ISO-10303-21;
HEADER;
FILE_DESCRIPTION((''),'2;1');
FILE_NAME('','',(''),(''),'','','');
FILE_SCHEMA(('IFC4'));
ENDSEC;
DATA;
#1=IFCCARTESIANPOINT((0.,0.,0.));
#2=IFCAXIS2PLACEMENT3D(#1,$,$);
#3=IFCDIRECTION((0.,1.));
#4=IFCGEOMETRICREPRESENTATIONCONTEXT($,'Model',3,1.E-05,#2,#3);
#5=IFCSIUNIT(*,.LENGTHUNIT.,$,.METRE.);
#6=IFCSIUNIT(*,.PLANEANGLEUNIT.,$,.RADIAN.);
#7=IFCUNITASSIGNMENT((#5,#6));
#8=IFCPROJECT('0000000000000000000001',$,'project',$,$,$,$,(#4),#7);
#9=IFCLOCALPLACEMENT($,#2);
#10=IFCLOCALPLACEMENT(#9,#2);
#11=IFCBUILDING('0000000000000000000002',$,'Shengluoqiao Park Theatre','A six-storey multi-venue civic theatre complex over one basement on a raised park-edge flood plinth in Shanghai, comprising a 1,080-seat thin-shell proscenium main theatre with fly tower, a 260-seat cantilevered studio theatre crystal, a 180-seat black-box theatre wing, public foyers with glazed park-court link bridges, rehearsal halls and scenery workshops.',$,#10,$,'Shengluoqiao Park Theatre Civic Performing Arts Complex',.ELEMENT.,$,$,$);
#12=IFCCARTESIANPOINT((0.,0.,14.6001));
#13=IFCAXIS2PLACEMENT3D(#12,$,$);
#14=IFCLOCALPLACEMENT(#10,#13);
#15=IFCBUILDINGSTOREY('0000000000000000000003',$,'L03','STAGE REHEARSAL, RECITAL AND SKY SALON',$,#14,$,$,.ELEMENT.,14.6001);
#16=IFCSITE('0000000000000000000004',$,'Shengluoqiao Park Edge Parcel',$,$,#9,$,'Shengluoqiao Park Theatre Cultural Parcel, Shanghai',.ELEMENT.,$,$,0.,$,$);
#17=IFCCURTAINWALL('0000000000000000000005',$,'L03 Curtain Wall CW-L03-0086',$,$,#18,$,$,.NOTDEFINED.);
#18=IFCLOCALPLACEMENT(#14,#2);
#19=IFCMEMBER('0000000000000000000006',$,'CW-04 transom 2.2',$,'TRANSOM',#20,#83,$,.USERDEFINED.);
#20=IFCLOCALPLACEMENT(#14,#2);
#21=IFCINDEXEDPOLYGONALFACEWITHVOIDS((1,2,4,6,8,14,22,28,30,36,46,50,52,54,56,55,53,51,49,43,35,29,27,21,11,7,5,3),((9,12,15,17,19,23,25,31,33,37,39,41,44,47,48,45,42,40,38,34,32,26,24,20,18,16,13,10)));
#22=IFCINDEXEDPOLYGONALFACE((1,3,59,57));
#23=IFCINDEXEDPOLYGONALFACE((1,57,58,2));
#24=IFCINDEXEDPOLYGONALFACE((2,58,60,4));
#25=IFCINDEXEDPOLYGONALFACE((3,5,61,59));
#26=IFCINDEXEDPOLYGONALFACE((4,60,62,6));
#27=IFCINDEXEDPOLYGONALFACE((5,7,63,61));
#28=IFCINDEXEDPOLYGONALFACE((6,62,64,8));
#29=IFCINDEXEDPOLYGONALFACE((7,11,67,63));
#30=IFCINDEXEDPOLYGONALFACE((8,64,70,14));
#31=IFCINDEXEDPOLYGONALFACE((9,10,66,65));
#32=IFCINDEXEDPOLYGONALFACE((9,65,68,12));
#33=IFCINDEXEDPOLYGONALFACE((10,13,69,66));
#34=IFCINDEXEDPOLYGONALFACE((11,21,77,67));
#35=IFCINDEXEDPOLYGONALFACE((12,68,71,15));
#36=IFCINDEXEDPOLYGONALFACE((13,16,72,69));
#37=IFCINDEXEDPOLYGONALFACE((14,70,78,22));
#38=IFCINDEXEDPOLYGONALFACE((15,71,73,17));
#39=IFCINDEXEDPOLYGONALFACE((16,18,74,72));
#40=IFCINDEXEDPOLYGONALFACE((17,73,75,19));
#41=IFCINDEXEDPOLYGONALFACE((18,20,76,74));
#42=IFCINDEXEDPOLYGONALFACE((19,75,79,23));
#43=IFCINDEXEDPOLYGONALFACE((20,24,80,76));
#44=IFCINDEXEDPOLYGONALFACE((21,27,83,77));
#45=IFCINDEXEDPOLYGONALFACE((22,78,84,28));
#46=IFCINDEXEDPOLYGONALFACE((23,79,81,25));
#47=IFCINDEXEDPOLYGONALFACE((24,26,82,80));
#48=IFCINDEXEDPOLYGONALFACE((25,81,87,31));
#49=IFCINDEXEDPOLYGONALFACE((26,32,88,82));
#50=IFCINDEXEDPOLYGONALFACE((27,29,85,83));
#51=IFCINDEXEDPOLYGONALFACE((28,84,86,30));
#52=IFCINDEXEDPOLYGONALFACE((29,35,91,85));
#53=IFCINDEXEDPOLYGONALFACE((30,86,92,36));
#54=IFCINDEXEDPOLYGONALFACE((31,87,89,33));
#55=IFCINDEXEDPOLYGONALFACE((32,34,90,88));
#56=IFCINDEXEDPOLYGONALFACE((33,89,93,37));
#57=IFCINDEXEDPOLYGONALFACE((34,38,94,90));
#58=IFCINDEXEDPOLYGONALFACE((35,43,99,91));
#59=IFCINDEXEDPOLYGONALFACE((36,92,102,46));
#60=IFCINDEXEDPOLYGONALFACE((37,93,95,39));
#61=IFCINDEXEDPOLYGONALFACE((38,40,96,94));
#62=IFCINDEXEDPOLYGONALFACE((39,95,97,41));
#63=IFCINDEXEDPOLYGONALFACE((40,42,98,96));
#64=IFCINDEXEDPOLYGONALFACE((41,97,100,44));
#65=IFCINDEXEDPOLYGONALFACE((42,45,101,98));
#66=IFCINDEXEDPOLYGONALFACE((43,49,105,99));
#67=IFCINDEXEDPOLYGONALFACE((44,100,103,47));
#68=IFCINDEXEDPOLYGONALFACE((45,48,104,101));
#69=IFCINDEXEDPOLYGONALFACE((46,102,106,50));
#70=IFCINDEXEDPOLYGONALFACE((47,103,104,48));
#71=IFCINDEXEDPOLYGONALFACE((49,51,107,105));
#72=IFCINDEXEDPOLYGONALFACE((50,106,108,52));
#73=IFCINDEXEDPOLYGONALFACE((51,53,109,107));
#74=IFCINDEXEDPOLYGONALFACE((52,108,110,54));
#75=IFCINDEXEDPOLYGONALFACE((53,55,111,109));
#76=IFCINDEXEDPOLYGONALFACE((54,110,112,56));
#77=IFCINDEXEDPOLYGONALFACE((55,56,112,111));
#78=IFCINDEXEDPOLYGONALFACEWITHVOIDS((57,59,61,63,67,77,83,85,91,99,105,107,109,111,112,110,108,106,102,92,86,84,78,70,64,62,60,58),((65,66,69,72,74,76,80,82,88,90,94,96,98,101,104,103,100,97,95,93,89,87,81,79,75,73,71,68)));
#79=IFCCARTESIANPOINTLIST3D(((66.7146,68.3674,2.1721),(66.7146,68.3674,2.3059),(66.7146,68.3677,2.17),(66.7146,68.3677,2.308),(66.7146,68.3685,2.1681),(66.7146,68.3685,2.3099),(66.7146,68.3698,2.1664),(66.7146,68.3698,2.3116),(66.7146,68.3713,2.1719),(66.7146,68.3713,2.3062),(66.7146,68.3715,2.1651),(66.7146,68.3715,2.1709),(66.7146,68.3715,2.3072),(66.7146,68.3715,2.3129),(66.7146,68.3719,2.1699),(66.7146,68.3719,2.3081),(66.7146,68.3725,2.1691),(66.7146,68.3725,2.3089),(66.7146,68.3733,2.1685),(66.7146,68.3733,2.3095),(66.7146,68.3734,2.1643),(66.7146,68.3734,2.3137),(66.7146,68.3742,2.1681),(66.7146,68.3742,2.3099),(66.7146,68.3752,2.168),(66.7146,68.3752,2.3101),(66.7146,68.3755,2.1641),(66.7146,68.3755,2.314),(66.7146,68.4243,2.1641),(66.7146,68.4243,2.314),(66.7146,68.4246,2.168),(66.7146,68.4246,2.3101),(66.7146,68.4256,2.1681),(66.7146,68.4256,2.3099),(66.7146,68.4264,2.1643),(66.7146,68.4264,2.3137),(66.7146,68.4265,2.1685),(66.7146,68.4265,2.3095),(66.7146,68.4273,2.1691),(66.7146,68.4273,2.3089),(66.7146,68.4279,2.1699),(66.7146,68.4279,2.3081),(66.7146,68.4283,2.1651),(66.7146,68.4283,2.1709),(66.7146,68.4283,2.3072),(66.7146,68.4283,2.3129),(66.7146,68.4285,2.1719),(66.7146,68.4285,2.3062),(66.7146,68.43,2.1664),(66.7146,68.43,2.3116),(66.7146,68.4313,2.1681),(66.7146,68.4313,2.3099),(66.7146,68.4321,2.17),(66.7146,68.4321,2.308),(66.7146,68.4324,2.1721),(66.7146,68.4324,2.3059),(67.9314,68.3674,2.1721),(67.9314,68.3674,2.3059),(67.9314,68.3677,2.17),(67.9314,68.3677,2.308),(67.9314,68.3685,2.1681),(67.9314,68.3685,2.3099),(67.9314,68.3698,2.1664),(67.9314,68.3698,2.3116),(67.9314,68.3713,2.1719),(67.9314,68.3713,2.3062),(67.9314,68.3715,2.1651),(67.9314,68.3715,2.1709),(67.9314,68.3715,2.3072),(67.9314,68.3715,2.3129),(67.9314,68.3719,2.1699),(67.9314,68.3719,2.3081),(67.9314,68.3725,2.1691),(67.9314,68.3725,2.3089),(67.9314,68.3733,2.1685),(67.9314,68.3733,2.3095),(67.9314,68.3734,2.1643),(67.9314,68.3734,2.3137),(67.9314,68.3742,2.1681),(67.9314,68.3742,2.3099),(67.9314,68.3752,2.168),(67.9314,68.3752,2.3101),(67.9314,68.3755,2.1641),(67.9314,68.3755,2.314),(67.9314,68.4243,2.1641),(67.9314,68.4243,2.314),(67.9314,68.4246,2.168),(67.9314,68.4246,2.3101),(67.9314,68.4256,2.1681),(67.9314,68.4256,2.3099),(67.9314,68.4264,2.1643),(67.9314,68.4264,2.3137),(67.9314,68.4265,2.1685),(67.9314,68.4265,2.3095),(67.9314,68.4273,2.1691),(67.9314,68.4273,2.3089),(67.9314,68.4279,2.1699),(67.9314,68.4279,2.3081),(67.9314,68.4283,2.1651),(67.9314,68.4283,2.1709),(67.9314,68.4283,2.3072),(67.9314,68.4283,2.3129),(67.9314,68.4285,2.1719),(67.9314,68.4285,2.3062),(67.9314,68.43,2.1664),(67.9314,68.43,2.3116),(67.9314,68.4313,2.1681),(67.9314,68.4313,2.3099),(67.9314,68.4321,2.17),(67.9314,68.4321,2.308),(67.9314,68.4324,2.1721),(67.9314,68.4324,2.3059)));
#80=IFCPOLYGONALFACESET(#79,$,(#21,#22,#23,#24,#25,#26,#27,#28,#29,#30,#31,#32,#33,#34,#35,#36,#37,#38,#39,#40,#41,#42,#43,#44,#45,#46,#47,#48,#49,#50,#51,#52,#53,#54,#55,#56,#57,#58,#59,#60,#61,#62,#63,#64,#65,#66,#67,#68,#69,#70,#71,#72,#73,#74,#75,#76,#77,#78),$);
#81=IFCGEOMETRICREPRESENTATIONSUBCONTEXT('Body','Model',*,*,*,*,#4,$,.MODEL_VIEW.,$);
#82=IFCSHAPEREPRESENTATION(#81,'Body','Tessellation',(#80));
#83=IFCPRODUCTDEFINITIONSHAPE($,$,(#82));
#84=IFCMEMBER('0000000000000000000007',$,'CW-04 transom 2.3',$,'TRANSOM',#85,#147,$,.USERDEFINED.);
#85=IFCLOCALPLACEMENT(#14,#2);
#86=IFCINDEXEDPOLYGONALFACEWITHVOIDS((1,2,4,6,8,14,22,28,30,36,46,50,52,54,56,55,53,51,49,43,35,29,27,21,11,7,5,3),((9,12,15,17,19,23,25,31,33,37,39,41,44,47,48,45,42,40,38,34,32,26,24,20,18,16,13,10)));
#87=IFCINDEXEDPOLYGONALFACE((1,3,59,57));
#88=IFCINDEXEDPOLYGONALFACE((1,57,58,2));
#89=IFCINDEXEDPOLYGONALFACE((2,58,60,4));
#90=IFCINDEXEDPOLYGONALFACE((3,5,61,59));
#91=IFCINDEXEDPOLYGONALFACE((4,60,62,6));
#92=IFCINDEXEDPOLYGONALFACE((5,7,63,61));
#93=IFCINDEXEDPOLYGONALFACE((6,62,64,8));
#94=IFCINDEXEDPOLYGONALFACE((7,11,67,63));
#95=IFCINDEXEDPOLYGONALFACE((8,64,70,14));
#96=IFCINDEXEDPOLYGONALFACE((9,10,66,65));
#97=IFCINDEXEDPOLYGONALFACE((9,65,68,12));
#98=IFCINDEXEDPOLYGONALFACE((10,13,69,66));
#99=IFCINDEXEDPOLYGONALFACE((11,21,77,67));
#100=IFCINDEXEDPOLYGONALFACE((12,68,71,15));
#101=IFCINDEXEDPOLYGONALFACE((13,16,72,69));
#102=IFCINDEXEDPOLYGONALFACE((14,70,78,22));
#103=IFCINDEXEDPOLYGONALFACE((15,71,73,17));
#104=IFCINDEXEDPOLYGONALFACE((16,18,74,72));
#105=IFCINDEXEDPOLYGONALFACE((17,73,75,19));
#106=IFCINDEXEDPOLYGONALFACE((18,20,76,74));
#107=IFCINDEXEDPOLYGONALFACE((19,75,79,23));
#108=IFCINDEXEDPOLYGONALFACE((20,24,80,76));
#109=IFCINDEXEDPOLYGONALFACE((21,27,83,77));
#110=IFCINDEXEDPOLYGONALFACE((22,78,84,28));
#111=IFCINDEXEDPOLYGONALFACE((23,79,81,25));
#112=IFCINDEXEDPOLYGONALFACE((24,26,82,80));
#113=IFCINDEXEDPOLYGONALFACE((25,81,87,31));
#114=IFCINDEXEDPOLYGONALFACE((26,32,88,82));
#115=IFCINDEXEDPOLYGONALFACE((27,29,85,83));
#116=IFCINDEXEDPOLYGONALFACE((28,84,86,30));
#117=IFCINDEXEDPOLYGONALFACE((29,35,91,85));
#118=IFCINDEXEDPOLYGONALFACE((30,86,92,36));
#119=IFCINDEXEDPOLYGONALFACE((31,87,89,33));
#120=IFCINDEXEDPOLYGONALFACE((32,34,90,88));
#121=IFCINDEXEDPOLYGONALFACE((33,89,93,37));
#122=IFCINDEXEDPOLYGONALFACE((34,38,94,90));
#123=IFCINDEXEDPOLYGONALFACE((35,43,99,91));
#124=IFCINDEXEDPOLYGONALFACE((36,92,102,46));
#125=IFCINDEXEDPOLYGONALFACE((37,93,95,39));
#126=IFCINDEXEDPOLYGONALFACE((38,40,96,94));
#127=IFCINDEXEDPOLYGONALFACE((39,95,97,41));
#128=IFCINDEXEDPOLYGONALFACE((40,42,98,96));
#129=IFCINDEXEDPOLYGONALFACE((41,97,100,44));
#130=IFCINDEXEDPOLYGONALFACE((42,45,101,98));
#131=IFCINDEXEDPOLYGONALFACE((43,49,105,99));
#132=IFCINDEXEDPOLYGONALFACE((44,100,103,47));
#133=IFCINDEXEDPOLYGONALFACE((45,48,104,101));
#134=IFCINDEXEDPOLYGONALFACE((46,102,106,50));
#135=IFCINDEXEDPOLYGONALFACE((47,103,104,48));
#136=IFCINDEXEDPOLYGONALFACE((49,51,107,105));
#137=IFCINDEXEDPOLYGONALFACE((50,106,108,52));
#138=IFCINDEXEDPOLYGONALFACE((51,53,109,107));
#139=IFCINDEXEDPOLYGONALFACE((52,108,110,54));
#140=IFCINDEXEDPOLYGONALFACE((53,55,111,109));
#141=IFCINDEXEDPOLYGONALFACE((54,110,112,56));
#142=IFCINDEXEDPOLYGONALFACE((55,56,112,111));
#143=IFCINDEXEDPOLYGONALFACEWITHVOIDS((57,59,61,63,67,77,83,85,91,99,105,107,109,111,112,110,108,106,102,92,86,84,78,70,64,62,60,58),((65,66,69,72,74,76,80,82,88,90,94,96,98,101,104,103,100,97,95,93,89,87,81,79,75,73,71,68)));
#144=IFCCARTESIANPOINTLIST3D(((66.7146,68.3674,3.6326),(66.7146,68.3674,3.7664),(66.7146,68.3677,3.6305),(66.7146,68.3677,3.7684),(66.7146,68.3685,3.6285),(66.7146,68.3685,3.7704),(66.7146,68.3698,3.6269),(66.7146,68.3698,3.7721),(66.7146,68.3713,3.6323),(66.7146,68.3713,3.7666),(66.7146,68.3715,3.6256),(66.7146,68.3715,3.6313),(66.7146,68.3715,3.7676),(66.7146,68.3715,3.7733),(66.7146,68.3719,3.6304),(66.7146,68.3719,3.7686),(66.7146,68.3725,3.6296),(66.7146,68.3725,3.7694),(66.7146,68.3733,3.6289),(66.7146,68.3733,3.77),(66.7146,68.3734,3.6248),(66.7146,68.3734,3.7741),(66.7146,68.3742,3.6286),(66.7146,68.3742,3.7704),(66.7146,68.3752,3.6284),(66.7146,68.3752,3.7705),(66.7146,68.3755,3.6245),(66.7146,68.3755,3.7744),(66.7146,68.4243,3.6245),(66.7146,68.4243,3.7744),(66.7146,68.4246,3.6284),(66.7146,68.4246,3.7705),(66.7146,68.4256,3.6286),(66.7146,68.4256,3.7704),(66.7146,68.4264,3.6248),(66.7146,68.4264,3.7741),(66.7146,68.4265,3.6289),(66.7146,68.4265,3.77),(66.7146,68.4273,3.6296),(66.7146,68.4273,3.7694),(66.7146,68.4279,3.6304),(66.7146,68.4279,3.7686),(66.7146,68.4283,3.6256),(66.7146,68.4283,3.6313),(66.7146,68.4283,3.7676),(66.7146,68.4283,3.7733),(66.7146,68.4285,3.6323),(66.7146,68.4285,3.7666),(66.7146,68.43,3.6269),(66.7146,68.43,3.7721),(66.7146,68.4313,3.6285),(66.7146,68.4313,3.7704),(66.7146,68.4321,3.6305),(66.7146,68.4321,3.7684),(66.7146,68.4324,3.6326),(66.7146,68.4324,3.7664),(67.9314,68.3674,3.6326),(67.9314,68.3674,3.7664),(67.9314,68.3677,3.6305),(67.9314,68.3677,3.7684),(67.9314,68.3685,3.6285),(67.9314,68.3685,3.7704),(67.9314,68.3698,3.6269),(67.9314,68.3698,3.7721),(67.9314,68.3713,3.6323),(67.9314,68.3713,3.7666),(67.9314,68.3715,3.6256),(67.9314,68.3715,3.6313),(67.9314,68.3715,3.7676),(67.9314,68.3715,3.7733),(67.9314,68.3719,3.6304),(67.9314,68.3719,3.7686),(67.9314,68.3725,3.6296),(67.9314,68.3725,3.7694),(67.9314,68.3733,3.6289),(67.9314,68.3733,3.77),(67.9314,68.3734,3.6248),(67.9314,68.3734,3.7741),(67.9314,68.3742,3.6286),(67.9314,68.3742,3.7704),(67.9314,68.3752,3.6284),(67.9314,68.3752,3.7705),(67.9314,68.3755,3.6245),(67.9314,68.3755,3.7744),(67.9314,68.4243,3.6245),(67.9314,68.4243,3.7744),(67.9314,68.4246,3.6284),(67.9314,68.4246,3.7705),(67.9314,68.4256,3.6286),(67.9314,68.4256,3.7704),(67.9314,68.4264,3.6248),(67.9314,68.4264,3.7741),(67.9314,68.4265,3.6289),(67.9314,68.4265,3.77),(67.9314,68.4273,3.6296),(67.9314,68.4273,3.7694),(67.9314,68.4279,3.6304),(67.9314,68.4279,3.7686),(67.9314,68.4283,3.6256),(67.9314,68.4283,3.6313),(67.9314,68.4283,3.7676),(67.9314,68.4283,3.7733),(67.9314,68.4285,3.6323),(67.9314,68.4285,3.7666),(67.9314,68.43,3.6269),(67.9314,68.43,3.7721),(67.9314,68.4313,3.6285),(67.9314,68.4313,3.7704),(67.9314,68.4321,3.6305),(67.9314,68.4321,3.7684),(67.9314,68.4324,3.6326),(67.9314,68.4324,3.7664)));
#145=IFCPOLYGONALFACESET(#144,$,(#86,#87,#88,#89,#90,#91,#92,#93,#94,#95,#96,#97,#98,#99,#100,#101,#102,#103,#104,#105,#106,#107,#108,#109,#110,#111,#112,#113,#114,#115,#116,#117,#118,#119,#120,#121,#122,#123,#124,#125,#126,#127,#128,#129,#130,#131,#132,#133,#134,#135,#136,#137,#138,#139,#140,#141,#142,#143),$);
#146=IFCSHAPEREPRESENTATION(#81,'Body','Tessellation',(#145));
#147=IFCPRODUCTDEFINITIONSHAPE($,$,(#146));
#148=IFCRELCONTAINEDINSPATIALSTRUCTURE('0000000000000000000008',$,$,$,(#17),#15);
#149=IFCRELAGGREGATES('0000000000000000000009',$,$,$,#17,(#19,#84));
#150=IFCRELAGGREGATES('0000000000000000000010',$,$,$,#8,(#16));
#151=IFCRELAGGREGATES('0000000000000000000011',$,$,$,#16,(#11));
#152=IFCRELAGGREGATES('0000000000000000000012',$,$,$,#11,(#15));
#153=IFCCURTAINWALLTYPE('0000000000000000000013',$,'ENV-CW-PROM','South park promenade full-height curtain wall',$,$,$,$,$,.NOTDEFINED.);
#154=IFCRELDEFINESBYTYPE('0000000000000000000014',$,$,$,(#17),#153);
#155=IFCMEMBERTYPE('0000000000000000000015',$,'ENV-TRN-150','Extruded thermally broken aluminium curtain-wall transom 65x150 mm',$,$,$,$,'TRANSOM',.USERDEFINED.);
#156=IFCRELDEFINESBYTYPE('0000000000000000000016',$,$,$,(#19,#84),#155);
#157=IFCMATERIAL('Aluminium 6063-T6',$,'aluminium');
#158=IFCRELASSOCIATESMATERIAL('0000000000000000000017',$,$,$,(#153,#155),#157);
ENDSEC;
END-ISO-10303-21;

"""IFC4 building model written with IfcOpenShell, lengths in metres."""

from ifc_helpers import new_model, si_unit, direction, frame, origin, origin_2d, place, context, subcontext, project, spatial, hollow_rectangle, extrude, material, material_profile, profile_set, type_object, element, aggregate, save


model = new_model("IFC4")

# Units and contexts
model_context = context("Model", 3, precision=1e-05, world=origin(), true_north=direction((0.0, 1.0)))
body_context = subcontext(model_context, "Body", "Model", "MODEL_VIEW")
ifc_project = project(units=[si_unit("LENGTHUNIT", "METRE"), si_unit("PLANEANGLEUNIT", "RADIAN")], contexts=[model_context])

# Site, building, storey
site_placement = place(None, origin())
site = spatial("IfcSite", under=ifc_project, at=site_placement, Name="Shengluoqiao Park Edge Parcel", LongName="Shengluoqiao Park Theatre Cultural Parcel, Shanghai", CompositionType="ELEMENT", RefElevation=0.0)
building_placement = place(site_placement, origin())
building = spatial("IfcBuilding", under=site, at=building_placement, Name="Shengluoqiao Park Theatre", Description="A six-storey multi-venue civic theatre complex over one basement on a raised park-edge flood plinth in Shanghai, comprising a 1,080-seat thin-shell proscenium main theatre with fly tower, a 260-seat cantilevered studio theatre crystal, a 180-seat black-box theatre wing, public foyers with glazed park-court link bridges, rehearsal halls and scenery workshops.", LongName="Shengluoqiao Park Theatre Civic Performing Arts Complex", CompositionType="ELEMENT")
storey_placement = place(building_placement, frame((0.0, 0.0, 14.6001)))
storey = spatial("IfcBuildingStorey", under=building, at=storey_placement, Name="L03", Description="STAGE REHEARSAL, RECITAL AND SKY SALON", CompositionType="ELEMENT", Elevation=14.6001)

# Shared definitions
ifc_material_1 = material(Name="Aluminium 6063-T6", Category="aluminium")
curtain_wall_type = type_object("IfcCurtainWallType", Name="ENV-CW-PROM", Description="South park promenade full-height curtain wall", PredefinedType="NOTDEFINED", material=ifc_material_1)

# Curtain wall
curtain_wall_1_placement = place(storey_placement, origin())
curtain_wall_1 = element("IfcCurtainWall", 1, at=curtain_wall_1_placement, inside=storey, type_object=curtain_wall_type, Name="L03 Curtain Wall CW-L03-0086", PredefinedType="NOTDEFINED")

# Members
ifc_material_profile_1 = material_profile(ifc_material_1, hollow_rectangle(XDim=0.0649, YDim=0.1499, WallThickness=0.0039, InnerFilletRadius=0.0039, OuterFilletRadius=0.0081, at=origin_2d()), Name="ALU TRANSOM 150x65x4")
ifc_profile_set_1 = profile_set([ifc_material_profile_1], Name="Aluminium 6063-T6")
member_type_1 = type_object("IfcMemberType", Name="ENV-TRN-150", Description="Extruded thermally broken aluminium curtain-wall transom 65x150 mm", ElementType="TRANSOM", PredefinedType="USERDEFINED", material=ifc_profile_set_1)
member_1_placement = place(storey_placement, frame((66.7146, 68.3999, 2.239), z_axis=(1.0, 0.0, 0.0), x_axis=(0.0, 1.0, 0.0)))
member_1 = element("IfcMember", 2, at=member_1_placement, type_object=member_type_1, Name="CW-04 transom 2.2", ObjectType="TRANSOM", PredefinedType="USERDEFINED", context=body_context, shape_type="SweptSolid", body=[
    extrude(hollow_rectangle(XDim=0.0649, YDim=0.1499, WallThickness=0.0039, InnerFilletRadius=0.0039, OuterFilletRadius=0.0081, at=origin_2d()), origin(), (0.0, 0.0, 1.0), 1.2168),
])
member_2_placement = place(storey_placement, frame((66.7146, 68.3999, 3.6995), z_axis=(1.0, 0.0, 0.0), x_axis=(0.0, 1.0, 0.0)))
member_2 = element("IfcMember", 3, at=member_2_placement, type_object=member_type_1, Name="CW-04 transom 2.3", ObjectType="TRANSOM", PredefinedType="USERDEFINED", context=body_context, shape_type="SweptSolid", body=[
    extrude(hollow_rectangle(XDim=0.0649, YDim=0.1499, WallThickness=0.0039, InnerFilletRadius=0.0039, OuterFilletRadius=0.0081, at=origin_2d()), origin(), (0.0, 0.0, 1.0), 1.2168),
])

aggregate(curtain_wall_1, [member_1, member_2])

save(model, "model.ifc")
